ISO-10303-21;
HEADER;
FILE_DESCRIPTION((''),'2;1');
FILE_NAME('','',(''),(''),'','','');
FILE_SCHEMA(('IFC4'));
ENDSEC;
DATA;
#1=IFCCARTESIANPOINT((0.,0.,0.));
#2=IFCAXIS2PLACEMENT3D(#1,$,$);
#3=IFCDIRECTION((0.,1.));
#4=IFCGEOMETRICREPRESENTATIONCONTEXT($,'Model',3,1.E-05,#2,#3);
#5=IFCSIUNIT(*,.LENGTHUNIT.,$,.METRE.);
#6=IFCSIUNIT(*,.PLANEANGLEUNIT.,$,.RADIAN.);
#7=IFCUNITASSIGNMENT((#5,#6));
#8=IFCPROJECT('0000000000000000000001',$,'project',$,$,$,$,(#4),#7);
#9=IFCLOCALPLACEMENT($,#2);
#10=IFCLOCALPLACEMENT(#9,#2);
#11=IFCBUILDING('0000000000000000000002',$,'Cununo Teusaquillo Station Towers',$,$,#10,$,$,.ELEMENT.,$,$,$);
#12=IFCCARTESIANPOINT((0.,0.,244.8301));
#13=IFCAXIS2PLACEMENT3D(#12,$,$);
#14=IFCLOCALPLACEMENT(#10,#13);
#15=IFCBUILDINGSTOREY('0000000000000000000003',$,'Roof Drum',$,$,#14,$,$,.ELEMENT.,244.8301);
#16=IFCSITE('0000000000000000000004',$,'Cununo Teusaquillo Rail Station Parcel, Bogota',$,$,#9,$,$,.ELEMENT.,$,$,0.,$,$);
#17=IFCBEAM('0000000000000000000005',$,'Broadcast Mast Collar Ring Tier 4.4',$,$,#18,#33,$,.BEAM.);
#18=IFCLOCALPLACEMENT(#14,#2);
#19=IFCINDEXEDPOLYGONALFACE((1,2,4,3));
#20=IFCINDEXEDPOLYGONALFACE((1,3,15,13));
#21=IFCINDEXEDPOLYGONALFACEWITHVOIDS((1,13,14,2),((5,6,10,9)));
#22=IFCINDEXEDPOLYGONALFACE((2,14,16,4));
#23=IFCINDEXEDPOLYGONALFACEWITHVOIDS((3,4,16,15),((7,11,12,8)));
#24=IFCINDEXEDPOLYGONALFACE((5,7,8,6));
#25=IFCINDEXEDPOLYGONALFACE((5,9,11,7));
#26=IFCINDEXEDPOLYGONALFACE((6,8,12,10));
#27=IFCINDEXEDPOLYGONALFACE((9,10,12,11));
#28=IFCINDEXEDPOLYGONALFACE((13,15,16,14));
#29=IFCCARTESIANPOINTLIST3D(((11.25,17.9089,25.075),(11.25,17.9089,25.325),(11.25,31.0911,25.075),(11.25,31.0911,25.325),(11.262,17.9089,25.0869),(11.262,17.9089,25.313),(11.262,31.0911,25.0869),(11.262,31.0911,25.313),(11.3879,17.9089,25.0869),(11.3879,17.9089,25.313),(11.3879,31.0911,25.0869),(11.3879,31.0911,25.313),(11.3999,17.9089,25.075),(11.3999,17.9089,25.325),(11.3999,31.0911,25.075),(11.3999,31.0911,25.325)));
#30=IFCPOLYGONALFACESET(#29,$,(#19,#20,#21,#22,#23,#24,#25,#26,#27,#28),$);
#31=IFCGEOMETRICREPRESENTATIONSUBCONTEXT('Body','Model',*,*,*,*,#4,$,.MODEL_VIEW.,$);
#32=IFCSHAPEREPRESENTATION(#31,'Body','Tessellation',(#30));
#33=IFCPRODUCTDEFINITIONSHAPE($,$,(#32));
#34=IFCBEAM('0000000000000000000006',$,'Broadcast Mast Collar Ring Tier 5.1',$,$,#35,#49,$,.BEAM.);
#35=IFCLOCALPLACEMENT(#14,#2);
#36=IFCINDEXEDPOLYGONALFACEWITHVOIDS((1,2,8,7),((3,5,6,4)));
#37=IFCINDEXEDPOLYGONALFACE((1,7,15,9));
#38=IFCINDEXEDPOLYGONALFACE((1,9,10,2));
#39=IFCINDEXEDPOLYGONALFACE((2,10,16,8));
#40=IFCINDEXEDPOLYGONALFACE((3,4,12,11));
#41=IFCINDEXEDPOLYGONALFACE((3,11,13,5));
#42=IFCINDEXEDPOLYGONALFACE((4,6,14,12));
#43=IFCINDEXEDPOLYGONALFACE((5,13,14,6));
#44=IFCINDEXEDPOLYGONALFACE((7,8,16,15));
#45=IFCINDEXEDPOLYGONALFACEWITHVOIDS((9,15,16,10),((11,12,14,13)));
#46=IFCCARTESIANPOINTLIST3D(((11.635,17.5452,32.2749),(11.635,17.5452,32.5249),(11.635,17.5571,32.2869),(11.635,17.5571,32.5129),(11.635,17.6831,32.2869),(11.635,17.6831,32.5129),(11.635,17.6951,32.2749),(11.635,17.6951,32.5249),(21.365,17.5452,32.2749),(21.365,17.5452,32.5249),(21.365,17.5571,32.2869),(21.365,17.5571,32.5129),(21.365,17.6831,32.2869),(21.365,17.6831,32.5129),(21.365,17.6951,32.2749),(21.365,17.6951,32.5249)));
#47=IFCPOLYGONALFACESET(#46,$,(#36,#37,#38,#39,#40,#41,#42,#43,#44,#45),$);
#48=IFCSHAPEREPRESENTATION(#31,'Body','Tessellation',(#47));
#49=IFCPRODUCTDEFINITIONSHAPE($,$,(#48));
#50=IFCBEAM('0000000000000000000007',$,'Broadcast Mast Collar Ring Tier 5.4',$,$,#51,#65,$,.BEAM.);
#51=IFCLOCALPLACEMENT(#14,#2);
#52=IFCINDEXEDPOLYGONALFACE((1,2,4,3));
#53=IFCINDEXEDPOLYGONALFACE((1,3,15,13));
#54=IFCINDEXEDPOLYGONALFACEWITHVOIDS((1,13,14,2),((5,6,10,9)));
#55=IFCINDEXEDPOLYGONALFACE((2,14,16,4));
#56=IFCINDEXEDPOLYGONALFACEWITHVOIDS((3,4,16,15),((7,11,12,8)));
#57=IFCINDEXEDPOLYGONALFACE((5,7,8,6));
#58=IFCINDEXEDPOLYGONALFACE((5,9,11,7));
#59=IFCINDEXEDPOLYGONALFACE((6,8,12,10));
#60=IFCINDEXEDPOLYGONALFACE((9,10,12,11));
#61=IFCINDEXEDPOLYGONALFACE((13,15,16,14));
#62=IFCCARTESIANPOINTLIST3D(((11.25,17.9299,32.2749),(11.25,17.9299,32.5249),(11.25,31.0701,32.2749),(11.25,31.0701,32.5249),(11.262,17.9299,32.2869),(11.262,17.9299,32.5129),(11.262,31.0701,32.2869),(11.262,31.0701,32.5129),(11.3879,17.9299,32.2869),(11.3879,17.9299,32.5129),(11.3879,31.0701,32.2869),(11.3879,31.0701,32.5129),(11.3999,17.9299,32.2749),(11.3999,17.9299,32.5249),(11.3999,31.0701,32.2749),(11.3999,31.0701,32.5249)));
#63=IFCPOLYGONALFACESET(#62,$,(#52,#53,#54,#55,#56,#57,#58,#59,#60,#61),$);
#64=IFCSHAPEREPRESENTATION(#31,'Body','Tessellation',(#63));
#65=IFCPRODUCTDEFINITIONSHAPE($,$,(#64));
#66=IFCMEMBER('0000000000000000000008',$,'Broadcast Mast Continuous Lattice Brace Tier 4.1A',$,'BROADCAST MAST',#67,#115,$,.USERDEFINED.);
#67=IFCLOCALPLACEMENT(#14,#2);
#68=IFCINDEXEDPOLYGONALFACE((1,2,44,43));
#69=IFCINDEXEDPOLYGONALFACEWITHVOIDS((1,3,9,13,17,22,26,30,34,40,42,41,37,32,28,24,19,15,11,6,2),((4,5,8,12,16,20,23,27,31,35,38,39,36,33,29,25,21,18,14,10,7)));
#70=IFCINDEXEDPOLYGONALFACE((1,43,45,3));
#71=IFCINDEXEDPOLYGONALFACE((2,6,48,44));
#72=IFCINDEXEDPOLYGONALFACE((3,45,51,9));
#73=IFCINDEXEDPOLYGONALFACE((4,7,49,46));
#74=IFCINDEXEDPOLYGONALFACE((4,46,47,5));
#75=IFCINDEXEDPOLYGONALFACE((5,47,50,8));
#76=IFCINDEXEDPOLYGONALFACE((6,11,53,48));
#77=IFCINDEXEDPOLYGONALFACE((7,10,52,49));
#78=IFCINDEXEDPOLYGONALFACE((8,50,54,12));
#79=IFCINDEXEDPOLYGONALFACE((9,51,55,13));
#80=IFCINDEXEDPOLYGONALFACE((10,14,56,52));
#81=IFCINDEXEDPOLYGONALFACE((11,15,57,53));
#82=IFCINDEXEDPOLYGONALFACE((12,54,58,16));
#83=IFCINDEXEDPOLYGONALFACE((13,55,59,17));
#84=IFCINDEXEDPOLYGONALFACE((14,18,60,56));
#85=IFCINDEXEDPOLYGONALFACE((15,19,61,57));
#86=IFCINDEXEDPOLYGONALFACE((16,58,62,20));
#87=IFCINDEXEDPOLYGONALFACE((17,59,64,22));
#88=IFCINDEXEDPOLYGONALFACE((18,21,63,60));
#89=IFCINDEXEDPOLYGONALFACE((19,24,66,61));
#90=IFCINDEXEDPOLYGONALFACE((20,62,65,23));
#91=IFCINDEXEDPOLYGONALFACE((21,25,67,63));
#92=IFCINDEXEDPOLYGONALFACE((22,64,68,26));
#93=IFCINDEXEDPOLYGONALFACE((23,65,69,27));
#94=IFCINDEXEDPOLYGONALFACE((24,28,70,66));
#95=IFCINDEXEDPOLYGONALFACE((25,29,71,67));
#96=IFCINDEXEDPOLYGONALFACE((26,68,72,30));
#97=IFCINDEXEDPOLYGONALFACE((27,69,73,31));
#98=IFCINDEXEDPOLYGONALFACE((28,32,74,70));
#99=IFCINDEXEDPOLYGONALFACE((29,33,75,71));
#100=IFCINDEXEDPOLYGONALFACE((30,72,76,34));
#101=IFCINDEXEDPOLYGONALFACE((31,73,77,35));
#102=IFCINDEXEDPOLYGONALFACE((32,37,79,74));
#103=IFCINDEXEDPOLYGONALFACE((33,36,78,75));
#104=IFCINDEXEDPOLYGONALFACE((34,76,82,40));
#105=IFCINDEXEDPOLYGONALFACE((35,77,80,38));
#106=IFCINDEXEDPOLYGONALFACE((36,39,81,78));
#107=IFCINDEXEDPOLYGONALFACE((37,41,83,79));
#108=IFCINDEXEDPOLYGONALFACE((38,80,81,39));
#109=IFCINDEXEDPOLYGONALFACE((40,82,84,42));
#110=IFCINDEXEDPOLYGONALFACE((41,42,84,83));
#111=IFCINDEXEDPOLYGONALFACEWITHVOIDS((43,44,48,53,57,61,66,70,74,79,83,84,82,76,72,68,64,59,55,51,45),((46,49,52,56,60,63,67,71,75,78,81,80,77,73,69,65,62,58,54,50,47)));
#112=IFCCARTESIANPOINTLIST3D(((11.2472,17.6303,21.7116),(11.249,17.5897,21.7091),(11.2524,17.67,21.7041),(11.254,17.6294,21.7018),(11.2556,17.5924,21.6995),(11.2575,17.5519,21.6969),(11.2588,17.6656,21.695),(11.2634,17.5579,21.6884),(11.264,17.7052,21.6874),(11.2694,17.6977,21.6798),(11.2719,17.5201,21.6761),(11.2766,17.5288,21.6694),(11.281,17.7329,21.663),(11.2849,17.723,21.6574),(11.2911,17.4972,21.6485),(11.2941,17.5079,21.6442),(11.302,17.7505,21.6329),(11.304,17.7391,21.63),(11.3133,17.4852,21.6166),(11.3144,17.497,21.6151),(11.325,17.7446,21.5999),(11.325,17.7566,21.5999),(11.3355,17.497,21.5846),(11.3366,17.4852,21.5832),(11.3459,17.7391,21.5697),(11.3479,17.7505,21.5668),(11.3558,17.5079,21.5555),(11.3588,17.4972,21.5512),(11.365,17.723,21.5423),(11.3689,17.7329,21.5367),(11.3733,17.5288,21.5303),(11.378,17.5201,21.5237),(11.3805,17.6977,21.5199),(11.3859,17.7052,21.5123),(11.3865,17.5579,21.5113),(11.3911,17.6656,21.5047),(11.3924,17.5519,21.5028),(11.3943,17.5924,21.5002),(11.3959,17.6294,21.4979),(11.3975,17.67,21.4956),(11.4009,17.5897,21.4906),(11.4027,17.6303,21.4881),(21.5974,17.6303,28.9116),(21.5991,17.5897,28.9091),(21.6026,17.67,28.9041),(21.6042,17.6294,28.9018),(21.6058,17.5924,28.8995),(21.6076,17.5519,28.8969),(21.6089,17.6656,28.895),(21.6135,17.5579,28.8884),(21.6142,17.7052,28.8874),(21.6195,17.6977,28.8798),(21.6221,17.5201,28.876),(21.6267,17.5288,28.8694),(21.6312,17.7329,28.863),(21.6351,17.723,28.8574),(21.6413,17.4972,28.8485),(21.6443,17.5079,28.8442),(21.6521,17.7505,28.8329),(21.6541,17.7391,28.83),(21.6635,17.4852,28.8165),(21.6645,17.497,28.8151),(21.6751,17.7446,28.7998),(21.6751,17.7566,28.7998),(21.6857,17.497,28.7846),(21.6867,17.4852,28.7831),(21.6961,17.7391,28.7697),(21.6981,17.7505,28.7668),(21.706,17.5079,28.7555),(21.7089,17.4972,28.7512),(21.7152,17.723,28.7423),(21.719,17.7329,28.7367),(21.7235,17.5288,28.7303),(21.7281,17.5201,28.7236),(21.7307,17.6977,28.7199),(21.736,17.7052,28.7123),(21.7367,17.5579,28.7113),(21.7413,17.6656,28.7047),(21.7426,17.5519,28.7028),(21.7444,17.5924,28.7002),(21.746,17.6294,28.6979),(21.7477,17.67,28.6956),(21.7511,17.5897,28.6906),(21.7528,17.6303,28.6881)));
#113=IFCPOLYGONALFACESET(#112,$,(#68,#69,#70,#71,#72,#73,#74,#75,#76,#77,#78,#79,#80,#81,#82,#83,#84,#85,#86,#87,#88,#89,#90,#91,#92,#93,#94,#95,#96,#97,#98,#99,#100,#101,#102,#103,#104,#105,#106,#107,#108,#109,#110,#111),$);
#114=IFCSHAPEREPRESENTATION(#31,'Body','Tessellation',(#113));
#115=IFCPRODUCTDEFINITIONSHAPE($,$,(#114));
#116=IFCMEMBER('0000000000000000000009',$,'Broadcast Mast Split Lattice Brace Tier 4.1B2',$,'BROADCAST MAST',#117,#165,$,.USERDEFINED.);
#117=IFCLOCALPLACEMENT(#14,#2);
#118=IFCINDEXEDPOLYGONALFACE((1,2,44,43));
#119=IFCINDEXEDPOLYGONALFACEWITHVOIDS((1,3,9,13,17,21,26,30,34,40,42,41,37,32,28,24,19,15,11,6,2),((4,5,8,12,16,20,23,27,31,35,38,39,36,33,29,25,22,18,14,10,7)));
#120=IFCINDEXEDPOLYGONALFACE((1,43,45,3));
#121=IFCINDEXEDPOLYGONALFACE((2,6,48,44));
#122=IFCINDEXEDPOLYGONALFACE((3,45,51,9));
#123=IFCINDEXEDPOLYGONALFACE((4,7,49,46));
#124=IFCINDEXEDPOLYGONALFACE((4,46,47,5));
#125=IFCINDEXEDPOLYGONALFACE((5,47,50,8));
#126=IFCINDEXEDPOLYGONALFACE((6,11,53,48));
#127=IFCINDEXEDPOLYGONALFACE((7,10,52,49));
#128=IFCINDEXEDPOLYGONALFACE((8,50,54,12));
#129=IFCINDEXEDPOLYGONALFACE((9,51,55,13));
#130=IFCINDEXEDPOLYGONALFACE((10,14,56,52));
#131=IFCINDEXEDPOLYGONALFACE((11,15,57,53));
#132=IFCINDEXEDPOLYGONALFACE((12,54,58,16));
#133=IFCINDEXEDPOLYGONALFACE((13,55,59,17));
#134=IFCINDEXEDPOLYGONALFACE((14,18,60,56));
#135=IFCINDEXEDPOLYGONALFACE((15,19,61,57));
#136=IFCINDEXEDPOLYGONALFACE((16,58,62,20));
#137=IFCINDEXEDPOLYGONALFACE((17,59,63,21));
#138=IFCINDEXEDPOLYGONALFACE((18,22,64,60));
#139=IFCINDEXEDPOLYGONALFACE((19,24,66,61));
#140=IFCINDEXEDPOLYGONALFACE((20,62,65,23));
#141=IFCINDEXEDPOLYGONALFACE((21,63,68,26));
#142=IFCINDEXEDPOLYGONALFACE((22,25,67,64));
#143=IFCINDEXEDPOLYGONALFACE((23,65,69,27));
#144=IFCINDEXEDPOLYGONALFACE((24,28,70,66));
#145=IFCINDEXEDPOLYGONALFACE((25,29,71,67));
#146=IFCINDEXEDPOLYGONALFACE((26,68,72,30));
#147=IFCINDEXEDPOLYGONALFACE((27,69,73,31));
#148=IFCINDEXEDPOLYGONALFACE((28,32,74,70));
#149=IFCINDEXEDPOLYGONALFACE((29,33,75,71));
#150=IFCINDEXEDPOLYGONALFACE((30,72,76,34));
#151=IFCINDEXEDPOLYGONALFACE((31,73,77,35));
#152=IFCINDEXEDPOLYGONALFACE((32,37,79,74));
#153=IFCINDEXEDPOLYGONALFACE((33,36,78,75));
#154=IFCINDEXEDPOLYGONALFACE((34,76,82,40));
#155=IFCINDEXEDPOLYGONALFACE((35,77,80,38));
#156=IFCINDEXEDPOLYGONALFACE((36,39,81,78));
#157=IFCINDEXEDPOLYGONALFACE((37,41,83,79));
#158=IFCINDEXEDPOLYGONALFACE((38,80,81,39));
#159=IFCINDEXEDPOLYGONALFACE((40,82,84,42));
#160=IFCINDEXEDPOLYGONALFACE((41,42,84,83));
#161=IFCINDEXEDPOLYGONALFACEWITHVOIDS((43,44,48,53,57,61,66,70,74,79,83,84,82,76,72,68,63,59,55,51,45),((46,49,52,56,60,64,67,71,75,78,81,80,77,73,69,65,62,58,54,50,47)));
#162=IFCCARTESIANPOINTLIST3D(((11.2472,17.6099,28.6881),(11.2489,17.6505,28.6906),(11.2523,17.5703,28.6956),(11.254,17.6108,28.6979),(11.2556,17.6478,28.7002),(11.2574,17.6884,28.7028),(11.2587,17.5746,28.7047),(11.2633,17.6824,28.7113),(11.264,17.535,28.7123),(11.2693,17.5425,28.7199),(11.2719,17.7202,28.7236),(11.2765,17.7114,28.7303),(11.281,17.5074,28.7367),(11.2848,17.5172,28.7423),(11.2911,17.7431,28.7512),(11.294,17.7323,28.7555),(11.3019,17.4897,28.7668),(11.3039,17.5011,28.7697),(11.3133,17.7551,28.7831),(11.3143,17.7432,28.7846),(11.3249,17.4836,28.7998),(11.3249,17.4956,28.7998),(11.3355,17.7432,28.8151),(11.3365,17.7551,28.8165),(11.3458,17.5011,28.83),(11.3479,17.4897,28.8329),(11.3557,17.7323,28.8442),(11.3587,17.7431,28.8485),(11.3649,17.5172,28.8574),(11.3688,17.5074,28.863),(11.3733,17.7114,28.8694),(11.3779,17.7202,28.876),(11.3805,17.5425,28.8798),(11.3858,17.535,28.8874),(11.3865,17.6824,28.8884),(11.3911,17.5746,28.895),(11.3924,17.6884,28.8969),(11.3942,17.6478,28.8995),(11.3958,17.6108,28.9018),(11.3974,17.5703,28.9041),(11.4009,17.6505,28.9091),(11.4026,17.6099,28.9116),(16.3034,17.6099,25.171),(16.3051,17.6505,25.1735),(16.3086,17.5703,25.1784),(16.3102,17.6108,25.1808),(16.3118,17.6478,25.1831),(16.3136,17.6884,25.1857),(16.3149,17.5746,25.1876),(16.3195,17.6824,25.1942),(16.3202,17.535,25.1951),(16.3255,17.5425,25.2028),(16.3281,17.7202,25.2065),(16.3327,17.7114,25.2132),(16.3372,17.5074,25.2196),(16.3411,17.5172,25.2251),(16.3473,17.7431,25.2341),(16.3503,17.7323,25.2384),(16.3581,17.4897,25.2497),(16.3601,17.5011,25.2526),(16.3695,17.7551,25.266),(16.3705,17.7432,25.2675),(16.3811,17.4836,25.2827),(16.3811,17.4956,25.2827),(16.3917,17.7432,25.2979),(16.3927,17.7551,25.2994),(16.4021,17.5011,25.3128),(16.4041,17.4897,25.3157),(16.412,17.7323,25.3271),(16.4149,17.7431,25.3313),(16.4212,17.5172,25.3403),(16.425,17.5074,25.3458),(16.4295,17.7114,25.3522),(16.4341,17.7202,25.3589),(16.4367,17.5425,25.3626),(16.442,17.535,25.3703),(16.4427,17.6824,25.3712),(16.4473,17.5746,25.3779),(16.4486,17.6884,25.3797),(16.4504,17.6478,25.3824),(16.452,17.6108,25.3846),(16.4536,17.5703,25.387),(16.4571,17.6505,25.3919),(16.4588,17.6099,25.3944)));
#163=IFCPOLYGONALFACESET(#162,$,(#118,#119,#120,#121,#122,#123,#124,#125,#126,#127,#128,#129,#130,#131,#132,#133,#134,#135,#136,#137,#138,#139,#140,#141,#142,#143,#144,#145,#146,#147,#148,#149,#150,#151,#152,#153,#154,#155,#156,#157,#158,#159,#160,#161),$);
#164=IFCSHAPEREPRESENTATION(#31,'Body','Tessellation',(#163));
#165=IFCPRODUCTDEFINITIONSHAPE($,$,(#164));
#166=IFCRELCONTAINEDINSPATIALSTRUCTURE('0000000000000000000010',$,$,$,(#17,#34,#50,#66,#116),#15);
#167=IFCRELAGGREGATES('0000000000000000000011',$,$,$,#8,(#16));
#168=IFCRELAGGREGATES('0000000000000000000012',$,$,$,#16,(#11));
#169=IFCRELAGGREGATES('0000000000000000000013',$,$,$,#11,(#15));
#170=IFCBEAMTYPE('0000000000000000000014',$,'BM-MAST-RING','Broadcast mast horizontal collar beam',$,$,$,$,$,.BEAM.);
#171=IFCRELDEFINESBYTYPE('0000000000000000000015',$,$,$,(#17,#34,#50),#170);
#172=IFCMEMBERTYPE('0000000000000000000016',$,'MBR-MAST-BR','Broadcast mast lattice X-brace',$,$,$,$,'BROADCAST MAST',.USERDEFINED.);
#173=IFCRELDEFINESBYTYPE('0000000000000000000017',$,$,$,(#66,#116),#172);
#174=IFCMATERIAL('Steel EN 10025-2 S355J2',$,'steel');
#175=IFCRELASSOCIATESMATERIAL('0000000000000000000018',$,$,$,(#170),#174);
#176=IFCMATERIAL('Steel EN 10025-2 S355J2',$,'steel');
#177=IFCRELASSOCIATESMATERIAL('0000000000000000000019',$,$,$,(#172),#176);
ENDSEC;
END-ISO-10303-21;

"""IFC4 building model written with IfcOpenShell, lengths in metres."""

from ifc_helpers import new_model, si_unit, direction, frame, origin, origin_2d, place, context, subcontext, project, spatial, hollow_rectangle, hollow_circle, extrude, material, material_profile, profile_set, type_object, element, save


model = new_model("IFC4")

# Units and contexts
model_context = context("Model", 3, precision=1e-05, world=origin(), true_north=direction((0.0, 1.0)))
body_context = subcontext(model_context, "Body", "Model", "MODEL_VIEW")
ifc_project = project(units=[si_unit("LENGTHUNIT", "METRE"), si_unit("PLANEANGLEUNIT", "RADIAN")], contexts=[model_context])

# Site, building, storey
site_placement = place(None, origin())
site = spatial("IfcSite", under=ifc_project, at=site_placement, Name="Cununo Teusaquillo Rail Station Parcel, Bogota", CompositionType="ELEMENT", RefElevation=0.0)
building_placement = place(site_placement, origin())
building = spatial("IfcBuilding", under=site, at=building_placement, Name="Cununo Teusaquillo Station Towers", CompositionType="ELEMENT")
storey_placement = place(building_placement, frame((0.0, 0.0, 244.8301)))
storey = spatial("IfcBuildingStorey", under=building, at=storey_placement, Name="Roof Drum", CompositionType="ELEMENT", Elevation=244.8301)

# Beams
ifc_material_1 = material(Name="Steel EN 10025-2 S355J2", Category="steel")
ifc_material_profile_1 = material_profile(ifc_material_1, hollow_rectangle(XDim=0.1499, YDim=0.25, WallThickness=0.012, at=origin_2d()), Name="RHS 250x150x12")
ifc_profile_set_1 = profile_set([ifc_material_profile_1], Name="Steel EN 10025-2 S355J2")
beam_type = type_object("IfcBeamType", Name="BM-MAST-RING", Description="Broadcast mast horizontal collar beam", PredefinedType="BEAM", material=ifc_profile_set_1)
beam_1_placement = place(storey_placement, frame((11.325, 31.0911, 25.2), z_axis=(0.0, -1.0, 0.0), x_axis=(1.0, 0.0, 0.0)))
element("IfcBeam", 1, at=beam_1_placement, inside=storey, type_object=beam_type, Name="Broadcast Mast Collar Ring Tier 4.4", PredefinedType="BEAM", context=body_context, shape_type="SweptSolid", body=[
    extrude(hollow_rectangle(XDim=0.1499, YDim=0.25, WallThickness=0.012, at=origin_2d()), origin(), (0.0, 0.0, 1.0), 13.1821),
])
beam_2_placement = place(storey_placement, frame((11.635, 17.6201, 32.3999), z_axis=(1.0, 0.0, 0.0), x_axis=(0.0, 1.0, 0.0)))
element("IfcBeam", 2, at=beam_2_placement, inside=storey, type_object=beam_type, Name="Broadcast Mast Collar Ring Tier 5.1", PredefinedType="BEAM", context=body_context, shape_type="SweptSolid", body=[
    extrude(hollow_rectangle(XDim=0.1499, YDim=0.25, WallThickness=0.012, at=origin_2d()), origin(), (0.0, 0.0, 1.0), 9.73),
])
beam_3_placement = place(storey_placement, frame((11.325, 31.0701, 32.3999), z_axis=(0.0, -1.0, 0.0), x_axis=(1.0, 0.0, 0.0)))
element("IfcBeam", 3, at=beam_3_placement, inside=storey, type_object=beam_type, Name="Broadcast Mast Collar Ring Tier 5.4", PredefinedType="BEAM", context=body_context, shape_type="SweptSolid", body=[
    extrude(hollow_rectangle(XDim=0.1499, YDim=0.25, WallThickness=0.012, at=origin_2d()), origin(), (0.0, 0.0, 1.0), 13.1401),
])

# Members
ifc_material_2 = material(Name="Steel EN 10025-2 S355J2", Category="steel")
ifc_material_profile_2 = material_profile(ifc_material_2, hollow_circle(Radius=0.1365, WallThickness=0.012, at=origin_2d()), Name="CHS 273x12")
ifc_profile_set_2 = profile_set([ifc_material_profile_2], Name="Steel EN 10025-2 S355J2")
member_type = type_object("IfcMemberType", Name="MBR-MAST-BR", Description="Broadcast mast lattice X-brace", ElementType="BROADCAST MAST", PredefinedType="USERDEFINED", material=ifc_profile_set_2)
member_1_placement = place(storey_placement, frame((11.325, 17.6201, 21.5999), z_axis=(0.82091, 0.0, 0.571058), x_axis=(0.0, 1.0, 0.0)))
element("IfcMember", 4, at=member_1_placement, inside=storey, type_object=member_type, Name="Broadcast Mast Continuous Lattice Brace Tier 4.1A", ObjectType="BROADCAST MAST", PredefinedType="USERDEFINED", context=body_context, shape_type="SweptSolid", body=[
    extrude(hollow_circle(Radius=0.1365, WallThickness=0.012, at=origin_2d()), origin(), (0.0, 0.0, 1.0), 12.6082),
])
for number, where, z_axis, x_axis, name in (
    (5, (16.3811, 17.6201, 25.2827), (-0.820923, 0.0, 0.571039), (0.0, -1.0, 0.0), "Broadcast Mast Split Lattice Brace Tier 4.1B2"),
):
    element("IfcMember", number, at=place(storey_placement, frame(where, z_axis=z_axis, x_axis=x_axis)), inside=storey, type_object=member_type, Name=name, ObjectType="BROADCAST MAST", PredefinedType="USERDEFINED", context=body_context, shape_type="SweptSolid", body=[
        extrude(hollow_circle(Radius=0.1365, WallThickness=0.012, at=origin_2d()), origin(), (0.0, 0.0, 1.0), 6.1592),
    ])

save(model, "model.ifc")
